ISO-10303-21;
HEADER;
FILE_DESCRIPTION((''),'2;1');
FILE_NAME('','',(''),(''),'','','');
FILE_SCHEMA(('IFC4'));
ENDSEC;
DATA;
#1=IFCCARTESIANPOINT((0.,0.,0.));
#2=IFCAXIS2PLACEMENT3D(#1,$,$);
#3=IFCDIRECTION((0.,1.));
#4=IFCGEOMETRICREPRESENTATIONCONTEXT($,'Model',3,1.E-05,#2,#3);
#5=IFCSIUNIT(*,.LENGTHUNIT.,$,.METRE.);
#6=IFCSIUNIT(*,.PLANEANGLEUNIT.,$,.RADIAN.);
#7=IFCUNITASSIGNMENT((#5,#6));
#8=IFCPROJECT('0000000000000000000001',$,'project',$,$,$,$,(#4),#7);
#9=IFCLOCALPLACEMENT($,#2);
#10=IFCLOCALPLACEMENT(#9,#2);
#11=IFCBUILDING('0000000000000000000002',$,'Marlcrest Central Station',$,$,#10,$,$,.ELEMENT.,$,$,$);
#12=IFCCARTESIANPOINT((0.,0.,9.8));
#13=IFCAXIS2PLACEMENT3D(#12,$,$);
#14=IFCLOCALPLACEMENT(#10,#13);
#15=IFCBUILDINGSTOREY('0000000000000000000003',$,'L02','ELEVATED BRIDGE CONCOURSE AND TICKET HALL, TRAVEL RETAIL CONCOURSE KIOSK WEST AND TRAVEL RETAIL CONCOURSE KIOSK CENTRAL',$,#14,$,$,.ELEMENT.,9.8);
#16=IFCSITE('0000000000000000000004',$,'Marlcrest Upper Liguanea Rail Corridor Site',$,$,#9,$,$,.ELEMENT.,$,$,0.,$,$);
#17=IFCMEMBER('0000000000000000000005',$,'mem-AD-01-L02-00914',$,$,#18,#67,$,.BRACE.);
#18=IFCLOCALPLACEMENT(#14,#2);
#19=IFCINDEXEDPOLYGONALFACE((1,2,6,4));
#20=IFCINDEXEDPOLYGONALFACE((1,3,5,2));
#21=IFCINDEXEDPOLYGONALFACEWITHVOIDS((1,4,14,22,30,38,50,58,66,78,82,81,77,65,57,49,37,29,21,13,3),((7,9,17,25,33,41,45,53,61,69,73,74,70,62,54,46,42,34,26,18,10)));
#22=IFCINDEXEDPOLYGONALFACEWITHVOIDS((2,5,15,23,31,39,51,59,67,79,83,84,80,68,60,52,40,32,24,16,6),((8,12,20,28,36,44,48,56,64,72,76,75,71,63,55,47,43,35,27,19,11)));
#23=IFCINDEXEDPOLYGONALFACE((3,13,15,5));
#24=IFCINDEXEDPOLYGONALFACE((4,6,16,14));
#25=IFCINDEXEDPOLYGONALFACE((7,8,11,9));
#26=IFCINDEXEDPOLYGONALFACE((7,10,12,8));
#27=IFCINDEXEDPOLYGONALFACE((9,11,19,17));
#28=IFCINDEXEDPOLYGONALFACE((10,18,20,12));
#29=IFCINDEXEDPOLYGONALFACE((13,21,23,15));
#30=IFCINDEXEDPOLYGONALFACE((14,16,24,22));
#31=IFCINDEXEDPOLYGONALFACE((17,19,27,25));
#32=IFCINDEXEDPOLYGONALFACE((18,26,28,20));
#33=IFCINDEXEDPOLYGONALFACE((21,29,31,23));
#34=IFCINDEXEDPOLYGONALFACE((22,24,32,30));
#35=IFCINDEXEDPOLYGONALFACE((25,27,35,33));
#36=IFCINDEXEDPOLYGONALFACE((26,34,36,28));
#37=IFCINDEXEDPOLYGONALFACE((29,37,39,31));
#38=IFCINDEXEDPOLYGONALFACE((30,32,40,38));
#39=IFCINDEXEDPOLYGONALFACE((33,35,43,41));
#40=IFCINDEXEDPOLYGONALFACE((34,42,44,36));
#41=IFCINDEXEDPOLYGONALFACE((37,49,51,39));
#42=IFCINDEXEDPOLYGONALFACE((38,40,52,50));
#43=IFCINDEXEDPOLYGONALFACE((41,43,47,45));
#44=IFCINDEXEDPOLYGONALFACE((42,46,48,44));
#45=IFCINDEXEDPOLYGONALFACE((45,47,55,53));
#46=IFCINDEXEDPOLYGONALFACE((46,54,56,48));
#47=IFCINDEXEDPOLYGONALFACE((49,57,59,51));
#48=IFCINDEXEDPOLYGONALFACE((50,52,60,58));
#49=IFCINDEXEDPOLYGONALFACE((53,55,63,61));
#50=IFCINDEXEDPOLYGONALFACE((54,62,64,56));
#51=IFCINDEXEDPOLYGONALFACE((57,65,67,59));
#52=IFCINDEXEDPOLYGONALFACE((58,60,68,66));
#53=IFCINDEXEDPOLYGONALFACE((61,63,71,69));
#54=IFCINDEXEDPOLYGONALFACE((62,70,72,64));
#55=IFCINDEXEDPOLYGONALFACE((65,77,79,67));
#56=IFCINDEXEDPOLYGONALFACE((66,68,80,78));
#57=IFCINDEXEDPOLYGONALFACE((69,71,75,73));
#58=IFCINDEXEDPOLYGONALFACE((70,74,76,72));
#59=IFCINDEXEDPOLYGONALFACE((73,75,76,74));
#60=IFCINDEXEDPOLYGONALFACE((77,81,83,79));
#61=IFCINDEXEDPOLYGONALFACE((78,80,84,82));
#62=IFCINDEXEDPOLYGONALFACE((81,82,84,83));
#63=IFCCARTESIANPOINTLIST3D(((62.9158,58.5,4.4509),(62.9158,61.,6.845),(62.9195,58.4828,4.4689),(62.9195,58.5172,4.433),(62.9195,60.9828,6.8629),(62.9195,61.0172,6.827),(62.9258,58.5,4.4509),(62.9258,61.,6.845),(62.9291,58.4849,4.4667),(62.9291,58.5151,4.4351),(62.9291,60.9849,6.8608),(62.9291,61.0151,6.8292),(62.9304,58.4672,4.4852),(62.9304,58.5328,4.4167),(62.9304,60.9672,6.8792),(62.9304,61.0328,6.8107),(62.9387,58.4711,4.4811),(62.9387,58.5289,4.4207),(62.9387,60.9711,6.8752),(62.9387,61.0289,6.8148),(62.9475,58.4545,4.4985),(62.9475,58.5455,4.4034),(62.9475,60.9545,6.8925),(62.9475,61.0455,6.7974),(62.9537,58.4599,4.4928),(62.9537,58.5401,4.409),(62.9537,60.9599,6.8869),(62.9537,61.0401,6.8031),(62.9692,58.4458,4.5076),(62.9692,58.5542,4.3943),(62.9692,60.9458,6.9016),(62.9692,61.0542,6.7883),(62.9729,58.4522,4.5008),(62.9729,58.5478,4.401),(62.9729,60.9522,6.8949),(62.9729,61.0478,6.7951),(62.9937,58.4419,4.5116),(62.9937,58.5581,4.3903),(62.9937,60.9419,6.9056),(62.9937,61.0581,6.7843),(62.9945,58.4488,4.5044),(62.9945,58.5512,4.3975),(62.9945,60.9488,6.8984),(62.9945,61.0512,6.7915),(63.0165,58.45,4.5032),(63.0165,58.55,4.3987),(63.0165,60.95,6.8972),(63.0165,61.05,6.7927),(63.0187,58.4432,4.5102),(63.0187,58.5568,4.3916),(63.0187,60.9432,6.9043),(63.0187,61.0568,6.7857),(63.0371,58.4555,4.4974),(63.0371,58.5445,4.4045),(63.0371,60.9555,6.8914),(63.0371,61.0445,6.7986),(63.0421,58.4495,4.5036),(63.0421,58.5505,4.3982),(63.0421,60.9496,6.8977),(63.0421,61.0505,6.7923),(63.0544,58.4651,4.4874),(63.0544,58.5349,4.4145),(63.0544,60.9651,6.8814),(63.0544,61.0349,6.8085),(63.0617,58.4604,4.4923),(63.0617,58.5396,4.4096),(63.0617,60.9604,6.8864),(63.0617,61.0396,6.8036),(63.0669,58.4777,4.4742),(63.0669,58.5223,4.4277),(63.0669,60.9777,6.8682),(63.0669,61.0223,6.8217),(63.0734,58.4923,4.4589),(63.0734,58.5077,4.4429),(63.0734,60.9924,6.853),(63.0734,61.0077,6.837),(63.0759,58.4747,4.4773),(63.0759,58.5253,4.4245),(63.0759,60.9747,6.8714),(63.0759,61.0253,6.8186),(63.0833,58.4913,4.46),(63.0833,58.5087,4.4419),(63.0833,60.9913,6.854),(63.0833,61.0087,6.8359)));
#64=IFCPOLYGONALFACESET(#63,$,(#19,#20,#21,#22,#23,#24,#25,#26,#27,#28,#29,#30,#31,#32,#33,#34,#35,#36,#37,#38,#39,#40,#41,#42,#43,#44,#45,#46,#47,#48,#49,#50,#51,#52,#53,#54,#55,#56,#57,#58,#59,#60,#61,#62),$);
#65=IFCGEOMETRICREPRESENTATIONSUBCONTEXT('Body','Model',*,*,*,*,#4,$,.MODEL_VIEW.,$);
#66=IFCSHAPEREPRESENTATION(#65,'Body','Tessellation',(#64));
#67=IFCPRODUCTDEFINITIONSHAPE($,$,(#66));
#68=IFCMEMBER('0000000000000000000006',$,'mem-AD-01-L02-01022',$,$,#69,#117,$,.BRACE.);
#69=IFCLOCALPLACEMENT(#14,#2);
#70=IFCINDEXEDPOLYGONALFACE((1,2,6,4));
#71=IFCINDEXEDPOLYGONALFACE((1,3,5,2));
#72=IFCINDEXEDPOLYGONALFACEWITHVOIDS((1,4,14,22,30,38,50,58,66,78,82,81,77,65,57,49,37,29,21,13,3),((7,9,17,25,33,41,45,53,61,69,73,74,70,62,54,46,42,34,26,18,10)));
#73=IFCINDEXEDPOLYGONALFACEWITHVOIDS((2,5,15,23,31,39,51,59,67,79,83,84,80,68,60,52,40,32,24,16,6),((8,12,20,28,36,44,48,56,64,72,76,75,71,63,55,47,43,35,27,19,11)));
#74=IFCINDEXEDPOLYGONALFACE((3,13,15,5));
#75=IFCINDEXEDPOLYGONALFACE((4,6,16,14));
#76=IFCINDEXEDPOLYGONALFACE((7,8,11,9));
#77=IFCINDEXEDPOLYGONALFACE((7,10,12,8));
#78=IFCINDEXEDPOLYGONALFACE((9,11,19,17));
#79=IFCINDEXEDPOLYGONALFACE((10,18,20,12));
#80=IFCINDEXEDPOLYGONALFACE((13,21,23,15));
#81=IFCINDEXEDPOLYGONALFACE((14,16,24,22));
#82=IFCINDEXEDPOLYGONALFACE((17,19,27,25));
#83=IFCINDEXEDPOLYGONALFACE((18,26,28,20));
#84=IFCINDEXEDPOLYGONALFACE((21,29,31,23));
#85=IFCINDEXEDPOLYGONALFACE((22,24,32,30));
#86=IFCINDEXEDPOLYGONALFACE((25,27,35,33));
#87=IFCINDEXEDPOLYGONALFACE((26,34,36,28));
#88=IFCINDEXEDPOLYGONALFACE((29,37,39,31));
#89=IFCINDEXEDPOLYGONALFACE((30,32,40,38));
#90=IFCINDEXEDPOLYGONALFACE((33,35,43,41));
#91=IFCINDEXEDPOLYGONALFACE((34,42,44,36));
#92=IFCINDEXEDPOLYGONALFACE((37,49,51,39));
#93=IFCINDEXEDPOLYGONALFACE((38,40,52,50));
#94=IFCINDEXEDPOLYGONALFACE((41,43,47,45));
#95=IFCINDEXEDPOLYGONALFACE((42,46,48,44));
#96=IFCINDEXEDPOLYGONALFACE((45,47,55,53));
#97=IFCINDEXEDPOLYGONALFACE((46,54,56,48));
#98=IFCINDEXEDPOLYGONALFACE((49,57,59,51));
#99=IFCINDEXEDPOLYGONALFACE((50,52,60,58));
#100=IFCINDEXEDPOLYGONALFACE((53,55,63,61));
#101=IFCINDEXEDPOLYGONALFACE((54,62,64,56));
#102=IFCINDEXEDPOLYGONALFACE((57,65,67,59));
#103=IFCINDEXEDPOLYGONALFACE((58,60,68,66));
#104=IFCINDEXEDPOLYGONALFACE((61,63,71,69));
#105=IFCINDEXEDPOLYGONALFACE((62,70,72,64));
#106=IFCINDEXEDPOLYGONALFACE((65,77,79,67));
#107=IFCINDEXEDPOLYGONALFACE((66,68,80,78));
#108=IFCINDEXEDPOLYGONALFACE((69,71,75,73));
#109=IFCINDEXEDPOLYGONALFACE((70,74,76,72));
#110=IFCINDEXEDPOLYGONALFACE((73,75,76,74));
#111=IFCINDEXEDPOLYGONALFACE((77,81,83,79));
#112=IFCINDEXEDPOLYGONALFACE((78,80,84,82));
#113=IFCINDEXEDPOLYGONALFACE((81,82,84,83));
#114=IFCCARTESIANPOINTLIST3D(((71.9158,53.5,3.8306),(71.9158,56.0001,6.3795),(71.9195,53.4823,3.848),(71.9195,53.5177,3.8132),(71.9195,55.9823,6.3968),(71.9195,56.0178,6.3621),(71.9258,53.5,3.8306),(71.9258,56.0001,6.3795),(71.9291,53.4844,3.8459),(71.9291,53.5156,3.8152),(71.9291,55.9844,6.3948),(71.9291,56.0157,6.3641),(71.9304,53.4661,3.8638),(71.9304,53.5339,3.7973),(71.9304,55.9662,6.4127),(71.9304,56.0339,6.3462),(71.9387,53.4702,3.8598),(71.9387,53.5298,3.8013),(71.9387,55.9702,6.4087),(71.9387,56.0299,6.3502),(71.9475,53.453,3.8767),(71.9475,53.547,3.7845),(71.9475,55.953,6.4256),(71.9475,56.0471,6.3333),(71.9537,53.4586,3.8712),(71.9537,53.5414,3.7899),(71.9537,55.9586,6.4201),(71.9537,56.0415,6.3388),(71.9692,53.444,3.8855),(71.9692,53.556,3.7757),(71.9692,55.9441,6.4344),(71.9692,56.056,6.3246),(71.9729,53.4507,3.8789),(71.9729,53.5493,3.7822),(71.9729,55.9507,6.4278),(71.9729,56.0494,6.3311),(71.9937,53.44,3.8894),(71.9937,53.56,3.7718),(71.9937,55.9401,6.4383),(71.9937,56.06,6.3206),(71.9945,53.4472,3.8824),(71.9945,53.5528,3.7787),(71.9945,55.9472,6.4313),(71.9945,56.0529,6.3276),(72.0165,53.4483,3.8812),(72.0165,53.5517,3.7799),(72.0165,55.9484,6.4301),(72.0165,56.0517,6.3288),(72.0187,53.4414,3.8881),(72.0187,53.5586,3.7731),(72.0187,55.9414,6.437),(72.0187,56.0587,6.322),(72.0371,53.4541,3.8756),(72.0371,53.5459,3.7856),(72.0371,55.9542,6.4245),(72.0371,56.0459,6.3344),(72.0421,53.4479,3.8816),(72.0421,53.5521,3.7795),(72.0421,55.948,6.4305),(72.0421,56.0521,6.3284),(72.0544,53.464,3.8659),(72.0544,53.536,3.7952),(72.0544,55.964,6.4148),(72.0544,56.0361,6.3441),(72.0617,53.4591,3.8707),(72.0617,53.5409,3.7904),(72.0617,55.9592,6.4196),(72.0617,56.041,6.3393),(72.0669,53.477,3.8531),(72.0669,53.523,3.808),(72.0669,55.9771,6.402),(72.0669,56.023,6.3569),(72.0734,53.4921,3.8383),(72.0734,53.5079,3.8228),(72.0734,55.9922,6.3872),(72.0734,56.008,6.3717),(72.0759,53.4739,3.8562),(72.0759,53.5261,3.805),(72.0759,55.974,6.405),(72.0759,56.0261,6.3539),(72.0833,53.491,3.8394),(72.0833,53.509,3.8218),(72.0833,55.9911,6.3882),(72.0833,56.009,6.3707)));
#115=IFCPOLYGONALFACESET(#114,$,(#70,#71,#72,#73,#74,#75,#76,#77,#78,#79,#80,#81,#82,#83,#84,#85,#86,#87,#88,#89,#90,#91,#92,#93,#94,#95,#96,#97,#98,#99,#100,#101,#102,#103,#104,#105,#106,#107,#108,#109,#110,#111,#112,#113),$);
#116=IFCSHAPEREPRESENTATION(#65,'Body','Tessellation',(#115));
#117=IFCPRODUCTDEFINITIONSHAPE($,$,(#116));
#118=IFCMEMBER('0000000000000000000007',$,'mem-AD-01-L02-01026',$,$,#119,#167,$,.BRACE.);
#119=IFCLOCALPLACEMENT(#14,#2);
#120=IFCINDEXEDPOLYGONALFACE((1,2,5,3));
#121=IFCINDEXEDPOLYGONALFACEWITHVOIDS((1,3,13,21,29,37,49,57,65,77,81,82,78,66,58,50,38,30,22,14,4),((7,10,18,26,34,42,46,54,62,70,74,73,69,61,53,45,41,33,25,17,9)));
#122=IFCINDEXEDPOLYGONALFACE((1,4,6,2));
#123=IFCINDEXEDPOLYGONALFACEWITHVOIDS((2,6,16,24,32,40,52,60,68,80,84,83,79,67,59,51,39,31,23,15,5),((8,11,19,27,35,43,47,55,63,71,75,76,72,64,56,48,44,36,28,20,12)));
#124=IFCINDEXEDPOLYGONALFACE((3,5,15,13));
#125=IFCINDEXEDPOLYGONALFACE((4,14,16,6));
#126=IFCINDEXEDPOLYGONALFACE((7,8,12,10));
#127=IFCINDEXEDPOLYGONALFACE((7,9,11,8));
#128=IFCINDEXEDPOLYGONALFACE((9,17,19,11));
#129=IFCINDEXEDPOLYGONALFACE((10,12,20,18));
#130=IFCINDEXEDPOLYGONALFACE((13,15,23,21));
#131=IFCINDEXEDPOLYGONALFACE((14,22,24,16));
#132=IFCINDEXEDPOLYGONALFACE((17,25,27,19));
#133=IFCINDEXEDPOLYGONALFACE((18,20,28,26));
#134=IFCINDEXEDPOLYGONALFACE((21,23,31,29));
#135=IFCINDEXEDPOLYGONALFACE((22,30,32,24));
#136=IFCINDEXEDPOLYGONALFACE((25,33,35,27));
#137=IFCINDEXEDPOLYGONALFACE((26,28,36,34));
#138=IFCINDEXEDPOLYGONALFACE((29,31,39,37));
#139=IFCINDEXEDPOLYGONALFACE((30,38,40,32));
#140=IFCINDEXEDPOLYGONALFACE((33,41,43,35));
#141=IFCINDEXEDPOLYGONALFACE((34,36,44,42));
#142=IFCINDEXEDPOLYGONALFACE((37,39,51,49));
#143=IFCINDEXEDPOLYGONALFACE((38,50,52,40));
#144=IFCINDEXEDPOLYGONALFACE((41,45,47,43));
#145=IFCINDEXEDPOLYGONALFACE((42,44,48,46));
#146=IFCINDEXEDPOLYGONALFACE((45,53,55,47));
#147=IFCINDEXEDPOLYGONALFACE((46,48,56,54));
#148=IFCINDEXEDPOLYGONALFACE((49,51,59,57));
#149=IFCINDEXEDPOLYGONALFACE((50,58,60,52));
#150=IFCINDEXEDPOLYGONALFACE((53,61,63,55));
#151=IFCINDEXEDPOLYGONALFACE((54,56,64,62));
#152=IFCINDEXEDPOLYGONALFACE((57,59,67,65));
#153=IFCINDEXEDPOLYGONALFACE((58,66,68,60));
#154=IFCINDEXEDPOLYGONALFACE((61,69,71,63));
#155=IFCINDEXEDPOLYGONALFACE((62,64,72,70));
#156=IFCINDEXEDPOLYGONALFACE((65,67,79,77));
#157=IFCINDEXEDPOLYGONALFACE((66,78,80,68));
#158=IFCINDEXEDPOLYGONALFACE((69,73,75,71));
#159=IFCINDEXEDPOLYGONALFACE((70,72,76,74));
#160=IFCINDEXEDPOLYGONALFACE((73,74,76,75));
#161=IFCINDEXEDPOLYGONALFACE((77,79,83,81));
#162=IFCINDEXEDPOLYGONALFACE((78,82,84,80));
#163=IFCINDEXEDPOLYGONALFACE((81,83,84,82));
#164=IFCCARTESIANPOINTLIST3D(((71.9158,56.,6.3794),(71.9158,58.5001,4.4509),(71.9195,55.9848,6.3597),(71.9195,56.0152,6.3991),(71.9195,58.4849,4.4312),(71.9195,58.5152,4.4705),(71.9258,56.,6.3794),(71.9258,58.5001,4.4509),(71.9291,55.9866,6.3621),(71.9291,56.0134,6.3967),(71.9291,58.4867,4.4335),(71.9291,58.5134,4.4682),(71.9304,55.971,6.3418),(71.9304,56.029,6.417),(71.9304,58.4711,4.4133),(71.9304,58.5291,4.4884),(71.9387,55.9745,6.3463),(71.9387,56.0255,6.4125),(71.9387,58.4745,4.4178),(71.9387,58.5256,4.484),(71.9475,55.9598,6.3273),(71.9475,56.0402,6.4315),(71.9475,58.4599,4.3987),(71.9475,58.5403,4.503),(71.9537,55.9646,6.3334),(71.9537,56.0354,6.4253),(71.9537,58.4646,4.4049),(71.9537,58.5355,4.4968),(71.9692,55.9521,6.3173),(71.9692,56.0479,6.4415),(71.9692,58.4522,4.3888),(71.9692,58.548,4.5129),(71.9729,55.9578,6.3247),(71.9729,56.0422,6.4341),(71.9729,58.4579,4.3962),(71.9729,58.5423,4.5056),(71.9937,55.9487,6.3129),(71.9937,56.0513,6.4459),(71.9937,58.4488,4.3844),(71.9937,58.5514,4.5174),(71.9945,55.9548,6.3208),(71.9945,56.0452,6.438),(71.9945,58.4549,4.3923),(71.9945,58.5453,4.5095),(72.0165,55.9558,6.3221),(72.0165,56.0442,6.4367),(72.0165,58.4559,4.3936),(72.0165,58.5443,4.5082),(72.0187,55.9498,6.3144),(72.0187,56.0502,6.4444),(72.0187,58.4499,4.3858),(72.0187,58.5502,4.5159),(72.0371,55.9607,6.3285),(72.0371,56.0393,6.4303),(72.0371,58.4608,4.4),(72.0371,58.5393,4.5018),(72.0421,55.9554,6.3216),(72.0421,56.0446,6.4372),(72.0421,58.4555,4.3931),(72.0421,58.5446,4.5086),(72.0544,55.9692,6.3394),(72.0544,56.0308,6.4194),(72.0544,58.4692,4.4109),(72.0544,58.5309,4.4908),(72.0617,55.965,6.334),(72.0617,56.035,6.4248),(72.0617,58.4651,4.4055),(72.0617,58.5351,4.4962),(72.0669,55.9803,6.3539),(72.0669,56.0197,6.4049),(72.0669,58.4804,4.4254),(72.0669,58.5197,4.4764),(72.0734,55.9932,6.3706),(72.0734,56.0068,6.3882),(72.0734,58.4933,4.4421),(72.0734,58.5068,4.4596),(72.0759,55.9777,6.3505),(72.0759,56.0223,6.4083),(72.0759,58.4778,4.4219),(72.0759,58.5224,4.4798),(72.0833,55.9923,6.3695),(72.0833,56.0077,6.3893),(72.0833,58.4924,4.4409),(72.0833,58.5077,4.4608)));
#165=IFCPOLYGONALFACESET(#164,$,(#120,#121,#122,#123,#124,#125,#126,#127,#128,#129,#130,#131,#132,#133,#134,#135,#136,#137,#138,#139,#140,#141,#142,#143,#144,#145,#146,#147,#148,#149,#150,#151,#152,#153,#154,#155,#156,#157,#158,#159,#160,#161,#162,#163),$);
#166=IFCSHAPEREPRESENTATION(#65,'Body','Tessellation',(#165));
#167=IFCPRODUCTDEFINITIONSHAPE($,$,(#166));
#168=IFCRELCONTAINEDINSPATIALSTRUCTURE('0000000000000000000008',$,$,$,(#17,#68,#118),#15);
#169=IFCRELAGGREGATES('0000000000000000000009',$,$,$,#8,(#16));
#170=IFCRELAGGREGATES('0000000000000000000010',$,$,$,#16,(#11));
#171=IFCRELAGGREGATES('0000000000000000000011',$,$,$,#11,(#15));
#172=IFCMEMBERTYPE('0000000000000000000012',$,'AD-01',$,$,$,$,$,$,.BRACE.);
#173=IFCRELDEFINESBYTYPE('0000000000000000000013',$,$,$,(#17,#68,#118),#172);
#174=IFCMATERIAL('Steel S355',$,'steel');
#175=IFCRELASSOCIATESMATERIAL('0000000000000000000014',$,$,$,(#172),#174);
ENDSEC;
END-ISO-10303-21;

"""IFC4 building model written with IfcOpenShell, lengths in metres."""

from ifc_helpers import new_model, si_unit, direction, frame, origin, origin_2d, place, context, subcontext, project, spatial, hollow_circle, extrude, material, material_profile, profile_set, type_object, element, save


model = new_model("IFC4")

# Units and contexts
model_context = context("Model", 3, precision=1e-05, world=origin(), true_north=direction((0.0, 1.0)))
body_context = subcontext(model_context, "Body", "Model", "MODEL_VIEW")
ifc_project = project(units=[si_unit("LENGTHUNIT", "METRE"), si_unit("PLANEANGLEUNIT", "RADIAN")], contexts=[model_context])

# Site, building, storey
site_placement = place(None, origin())
site = spatial("IfcSite", under=ifc_project, at=site_placement, Name="Marlcrest Upper Liguanea Rail Corridor Site", CompositionType="ELEMENT", RefElevation=0.0)
building_placement = place(site_placement, origin())
building = spatial("IfcBuilding", under=site, at=building_placement, Name="Marlcrest Central Station", CompositionType="ELEMENT")
storey_placement = place(building_placement, frame((0.0, 0.0, 9.8)))
storey = spatial("IfcBuildingStorey", under=building, at=storey_placement, Name="L02", Description="ELEVATED BRIDGE CONCOURSE AND TICKET HALL, TRAVEL RETAIL CONCOURSE KIOSK WEST AND TRAVEL RETAIL CONCOURSE KIOSK CENTRAL", CompositionType="ELEMENT", Elevation=9.8)

# Members
ifc_material = material(Name="Steel S355", Category="steel")
ifc_material_profile_1 = material_profile(ifc_material, hollow_circle(Radius=0.0842, WallThickness=0.01, at=origin_2d()), Name="CHS 168.3x10")
ifc_profile_set_1 = profile_set([ifc_material_profile_1], Name="Steel S355")
member_type_1 = type_object("IfcMemberType", Name="AD-01", PredefinedType="BRACE", material=ifc_profile_set_1)
member_1_placement = place(storey_placement, frame((63.0, 58.5, 4.4509), z_axis=(0.0, 0.722247, 0.691636), x_axis=(-1.0, 0.0, 0.0)))
element("IfcMember", 1, at=member_1_placement, inside=storey, type_object=member_type_1, Name="mem-AD-01-L02-00914", PredefinedType="BRACE", context=body_context, shape_type="SweptSolid", body=[
    extrude(hollow_circle(Radius=0.0842, WallThickness=0.01, at=origin_2d()), origin(), (0.0, 0.0, 1.0), 3.4614),
])
member_2_placement = place(storey_placement, frame((72.0, 53.5, 3.8306), z_axis=(0.0, 0.700235, 0.713912), x_axis=(-1.0, 0.0, 0.0)))
element("IfcMember", 2, at=member_2_placement, inside=storey, type_object=member_type_1, Name="mem-AD-01-L02-01022", PredefinedType="BRACE", context=body_context, shape_type="SweptSolid", body=[
    extrude(hollow_circle(Radius=0.0842, WallThickness=0.01, at=origin_2d()), origin(), (0.0, 0.0, 1.0), 3.5703),
])
member_3_placement = place(storey_placement, frame((72.0, 56.0, 6.3794), z_axis=(0.0, 0.791798, -0.610783), x_axis=(-1.0, 0.0, 0.0)))
element("IfcMember", 3, at=member_3_placement, inside=storey, type_object=member_type_1, Name="mem-AD-01-L02-01026", PredefinedType="BRACE", context=body_context, shape_type="SweptSolid", body=[
    extrude(hollow_circle(Radius=0.0842, WallThickness=0.01, at=origin_2d()), origin(), (0.0, 0.0, 1.0), 3.1575),
])

save(model, "model.ifc")
